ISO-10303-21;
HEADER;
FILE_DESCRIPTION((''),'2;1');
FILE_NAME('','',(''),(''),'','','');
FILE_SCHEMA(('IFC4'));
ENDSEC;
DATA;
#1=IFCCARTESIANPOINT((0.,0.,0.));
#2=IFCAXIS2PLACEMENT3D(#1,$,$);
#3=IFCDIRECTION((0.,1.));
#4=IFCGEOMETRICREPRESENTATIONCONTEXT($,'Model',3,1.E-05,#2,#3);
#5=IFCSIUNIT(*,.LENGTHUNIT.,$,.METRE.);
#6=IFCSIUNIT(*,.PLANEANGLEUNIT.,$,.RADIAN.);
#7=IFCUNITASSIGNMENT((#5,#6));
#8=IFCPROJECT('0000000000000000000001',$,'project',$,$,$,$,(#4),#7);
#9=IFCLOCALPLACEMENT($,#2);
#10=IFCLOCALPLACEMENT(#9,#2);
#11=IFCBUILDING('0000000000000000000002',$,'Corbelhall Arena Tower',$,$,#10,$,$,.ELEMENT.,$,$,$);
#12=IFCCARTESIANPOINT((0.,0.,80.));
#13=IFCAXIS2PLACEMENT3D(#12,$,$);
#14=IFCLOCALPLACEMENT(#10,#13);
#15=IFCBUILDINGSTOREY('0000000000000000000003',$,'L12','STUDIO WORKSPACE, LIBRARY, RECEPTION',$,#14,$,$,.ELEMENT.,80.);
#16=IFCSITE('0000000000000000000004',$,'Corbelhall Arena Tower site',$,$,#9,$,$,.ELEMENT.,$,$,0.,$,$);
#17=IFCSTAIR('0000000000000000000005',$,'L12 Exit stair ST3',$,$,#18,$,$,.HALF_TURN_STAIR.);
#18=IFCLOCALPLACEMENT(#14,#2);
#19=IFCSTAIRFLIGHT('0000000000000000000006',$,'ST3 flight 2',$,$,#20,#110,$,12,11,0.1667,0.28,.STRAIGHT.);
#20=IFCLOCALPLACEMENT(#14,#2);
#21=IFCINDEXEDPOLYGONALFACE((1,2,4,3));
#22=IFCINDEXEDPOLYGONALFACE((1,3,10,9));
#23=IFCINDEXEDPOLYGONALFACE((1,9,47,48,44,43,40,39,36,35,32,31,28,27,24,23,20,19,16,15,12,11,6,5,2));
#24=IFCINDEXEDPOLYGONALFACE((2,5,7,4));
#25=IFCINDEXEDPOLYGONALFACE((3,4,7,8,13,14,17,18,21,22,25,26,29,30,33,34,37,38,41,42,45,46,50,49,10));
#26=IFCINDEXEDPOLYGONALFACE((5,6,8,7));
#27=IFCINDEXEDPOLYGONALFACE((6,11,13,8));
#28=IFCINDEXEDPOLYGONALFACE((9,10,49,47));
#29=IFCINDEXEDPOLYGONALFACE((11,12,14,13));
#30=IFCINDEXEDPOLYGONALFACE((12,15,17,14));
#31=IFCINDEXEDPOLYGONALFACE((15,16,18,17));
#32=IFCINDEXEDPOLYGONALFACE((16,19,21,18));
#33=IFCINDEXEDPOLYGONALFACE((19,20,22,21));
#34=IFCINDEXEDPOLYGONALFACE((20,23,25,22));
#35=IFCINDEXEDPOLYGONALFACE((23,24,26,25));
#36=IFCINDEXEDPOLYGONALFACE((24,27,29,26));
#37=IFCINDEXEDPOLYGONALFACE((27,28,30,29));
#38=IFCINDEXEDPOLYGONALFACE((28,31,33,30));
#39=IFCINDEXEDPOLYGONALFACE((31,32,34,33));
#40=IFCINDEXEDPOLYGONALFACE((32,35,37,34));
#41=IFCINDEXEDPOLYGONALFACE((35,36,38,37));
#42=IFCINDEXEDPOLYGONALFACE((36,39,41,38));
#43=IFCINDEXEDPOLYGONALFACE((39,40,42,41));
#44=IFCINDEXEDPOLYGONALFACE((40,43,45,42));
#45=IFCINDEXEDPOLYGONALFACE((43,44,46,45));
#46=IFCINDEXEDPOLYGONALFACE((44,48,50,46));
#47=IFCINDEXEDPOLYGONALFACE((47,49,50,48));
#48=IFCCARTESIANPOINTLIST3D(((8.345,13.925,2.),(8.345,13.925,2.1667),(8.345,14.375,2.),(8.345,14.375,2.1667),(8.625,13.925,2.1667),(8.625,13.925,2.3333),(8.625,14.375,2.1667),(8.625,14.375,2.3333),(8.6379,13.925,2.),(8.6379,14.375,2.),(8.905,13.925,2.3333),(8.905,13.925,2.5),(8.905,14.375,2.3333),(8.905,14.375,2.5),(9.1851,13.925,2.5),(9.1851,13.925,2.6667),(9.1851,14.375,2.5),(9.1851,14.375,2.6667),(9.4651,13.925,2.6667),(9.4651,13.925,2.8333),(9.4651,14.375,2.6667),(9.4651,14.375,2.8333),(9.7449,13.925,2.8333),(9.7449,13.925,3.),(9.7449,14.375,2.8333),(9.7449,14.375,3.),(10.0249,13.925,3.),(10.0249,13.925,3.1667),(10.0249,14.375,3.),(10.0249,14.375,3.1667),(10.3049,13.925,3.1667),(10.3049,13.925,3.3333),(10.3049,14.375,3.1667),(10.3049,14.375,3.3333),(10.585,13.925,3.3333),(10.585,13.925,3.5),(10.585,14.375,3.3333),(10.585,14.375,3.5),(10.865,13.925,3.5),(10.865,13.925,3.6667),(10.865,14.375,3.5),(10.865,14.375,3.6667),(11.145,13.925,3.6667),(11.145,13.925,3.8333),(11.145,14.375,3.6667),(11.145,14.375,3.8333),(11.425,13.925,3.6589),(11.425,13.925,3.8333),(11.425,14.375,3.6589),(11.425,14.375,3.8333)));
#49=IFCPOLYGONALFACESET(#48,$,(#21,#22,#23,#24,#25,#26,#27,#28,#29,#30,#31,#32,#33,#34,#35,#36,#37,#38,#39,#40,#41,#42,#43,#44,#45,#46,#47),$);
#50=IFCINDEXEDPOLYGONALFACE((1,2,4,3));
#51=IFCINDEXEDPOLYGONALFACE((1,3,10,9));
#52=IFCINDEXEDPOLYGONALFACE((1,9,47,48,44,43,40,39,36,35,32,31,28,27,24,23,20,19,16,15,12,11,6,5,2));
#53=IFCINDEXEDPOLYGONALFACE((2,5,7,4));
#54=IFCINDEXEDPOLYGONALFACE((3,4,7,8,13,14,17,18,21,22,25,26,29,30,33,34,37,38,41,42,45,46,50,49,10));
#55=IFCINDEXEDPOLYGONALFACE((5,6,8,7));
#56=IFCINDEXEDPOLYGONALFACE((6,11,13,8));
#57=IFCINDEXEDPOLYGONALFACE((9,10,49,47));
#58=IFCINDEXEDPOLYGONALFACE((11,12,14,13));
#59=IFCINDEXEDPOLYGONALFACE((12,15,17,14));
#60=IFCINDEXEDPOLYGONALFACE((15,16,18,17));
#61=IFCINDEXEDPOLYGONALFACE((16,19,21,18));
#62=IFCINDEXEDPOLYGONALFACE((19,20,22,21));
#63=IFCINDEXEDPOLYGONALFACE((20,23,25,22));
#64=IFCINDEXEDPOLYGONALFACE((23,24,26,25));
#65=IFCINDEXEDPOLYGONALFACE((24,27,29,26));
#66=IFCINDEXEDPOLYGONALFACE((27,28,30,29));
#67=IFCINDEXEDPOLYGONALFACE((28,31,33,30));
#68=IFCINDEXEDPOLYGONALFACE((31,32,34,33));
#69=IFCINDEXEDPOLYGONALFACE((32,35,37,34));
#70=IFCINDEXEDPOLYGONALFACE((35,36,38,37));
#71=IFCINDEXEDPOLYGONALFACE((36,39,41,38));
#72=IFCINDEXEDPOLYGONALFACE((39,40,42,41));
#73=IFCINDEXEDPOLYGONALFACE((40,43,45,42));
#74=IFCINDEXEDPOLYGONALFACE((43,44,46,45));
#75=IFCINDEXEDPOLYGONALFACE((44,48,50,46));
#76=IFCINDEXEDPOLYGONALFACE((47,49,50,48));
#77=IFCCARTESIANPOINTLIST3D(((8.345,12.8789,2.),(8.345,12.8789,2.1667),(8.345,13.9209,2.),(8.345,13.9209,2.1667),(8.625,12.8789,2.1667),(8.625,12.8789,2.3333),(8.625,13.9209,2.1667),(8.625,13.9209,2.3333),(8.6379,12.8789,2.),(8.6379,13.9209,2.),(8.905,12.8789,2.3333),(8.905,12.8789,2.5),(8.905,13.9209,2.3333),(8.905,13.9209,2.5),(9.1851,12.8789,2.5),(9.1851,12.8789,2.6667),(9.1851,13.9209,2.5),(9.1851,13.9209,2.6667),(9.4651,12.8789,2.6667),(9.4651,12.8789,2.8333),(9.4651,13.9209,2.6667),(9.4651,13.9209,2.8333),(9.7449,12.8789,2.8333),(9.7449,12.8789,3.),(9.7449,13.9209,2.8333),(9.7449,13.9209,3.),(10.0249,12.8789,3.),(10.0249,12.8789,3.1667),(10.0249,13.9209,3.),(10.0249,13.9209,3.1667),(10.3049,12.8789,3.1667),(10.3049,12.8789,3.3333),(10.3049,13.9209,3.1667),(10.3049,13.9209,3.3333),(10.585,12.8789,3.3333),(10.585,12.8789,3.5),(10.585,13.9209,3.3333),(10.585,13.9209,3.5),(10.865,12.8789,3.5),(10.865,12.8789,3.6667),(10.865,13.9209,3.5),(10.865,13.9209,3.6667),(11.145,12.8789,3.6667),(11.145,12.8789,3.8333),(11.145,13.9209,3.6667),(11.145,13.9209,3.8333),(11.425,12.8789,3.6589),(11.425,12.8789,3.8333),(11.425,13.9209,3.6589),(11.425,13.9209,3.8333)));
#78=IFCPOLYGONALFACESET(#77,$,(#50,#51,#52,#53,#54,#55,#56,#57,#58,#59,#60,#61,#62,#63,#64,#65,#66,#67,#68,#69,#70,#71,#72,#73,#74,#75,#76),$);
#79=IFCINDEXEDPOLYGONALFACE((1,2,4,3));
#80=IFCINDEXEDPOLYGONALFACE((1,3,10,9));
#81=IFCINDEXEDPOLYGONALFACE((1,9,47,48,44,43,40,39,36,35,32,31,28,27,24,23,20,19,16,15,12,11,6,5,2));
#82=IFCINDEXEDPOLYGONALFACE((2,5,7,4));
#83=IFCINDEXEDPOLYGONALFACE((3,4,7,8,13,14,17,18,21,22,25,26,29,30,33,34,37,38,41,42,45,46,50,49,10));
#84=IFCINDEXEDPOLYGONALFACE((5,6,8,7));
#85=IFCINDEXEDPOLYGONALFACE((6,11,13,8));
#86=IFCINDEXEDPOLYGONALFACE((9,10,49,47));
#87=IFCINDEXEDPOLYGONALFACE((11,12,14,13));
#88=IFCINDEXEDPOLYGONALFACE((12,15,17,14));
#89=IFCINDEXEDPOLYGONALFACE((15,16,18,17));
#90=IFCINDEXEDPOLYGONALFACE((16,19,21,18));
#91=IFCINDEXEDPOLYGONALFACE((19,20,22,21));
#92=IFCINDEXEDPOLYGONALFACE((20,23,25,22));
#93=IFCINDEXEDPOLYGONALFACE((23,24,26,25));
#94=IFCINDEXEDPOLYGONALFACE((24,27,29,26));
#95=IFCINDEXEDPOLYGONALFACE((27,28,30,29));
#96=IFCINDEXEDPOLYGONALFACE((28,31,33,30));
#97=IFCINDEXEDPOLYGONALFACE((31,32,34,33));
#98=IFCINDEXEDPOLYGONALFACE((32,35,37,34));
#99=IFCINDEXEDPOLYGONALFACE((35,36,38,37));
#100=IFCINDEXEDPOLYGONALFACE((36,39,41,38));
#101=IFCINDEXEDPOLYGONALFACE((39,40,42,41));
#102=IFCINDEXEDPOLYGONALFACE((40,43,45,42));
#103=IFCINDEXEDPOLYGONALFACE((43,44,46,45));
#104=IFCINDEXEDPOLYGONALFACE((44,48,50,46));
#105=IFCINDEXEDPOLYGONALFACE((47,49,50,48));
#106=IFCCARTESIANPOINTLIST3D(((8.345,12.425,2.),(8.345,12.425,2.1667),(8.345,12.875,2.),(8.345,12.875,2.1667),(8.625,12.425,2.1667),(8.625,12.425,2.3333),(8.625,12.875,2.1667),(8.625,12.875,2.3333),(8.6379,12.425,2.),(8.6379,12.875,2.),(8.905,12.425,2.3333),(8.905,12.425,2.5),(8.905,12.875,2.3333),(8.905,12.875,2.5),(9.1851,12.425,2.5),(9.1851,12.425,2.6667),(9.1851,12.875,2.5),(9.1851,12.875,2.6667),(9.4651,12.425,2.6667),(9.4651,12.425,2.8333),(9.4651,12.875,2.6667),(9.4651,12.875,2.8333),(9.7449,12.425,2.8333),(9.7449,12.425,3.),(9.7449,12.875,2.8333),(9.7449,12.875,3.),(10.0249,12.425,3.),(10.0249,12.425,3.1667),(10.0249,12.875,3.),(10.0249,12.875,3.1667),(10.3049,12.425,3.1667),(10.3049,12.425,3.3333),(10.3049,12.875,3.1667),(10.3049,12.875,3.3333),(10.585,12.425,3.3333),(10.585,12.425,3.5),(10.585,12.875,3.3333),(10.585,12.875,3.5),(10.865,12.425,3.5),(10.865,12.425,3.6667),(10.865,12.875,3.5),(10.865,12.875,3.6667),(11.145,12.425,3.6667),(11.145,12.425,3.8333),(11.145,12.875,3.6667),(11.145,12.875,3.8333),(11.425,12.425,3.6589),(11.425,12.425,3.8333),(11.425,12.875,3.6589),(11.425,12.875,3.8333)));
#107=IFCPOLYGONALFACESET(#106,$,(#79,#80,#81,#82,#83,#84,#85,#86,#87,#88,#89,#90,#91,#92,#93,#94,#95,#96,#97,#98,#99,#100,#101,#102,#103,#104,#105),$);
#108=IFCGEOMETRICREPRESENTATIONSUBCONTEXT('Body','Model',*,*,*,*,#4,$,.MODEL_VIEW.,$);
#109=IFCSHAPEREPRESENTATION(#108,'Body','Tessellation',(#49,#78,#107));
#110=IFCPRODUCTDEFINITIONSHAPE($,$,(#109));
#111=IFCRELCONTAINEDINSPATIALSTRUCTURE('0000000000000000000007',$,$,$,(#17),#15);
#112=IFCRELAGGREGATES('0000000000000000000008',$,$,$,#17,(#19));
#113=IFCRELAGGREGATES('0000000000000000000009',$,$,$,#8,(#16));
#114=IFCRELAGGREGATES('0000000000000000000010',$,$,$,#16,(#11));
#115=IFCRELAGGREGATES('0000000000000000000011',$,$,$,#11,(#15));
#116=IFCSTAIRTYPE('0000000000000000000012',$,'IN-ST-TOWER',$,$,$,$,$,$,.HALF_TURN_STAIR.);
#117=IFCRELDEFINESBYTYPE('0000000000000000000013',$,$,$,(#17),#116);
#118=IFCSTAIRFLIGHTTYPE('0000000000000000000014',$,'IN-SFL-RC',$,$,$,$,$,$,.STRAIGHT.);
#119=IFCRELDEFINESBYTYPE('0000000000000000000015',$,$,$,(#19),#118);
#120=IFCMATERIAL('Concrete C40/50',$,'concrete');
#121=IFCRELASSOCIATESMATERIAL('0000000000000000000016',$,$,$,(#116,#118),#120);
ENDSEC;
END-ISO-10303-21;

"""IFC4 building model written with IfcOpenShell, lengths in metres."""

from ifc_helpers import new_model, si_unit, direction, frame, origin, place, context, subcontext, project, spatial, polyline, outline, extrude, material, type_object, element, aggregate, save


model = new_model("IFC4")

# Units and contexts
model_context = context("Model", 3, precision=1e-05, world=origin(), true_north=direction((0.0, 1.0)))
body_context = subcontext(model_context, "Body", "Model", "MODEL_VIEW")
ifc_project = project(units=[si_unit("LENGTHUNIT", "METRE"), si_unit("PLANEANGLEUNIT", "RADIAN")], contexts=[model_context])

# Site, building, storey
site_placement = place(None, origin())
site = spatial("IfcSite", under=ifc_project, at=site_placement, Name="Corbelhall Arena Tower site", CompositionType="ELEMENT", RefElevation=0.0)
building_placement = place(site_placement, origin())
building = spatial("IfcBuilding", under=site, at=building_placement, Name="Corbelhall Arena Tower", CompositionType="ELEMENT")
storey_placement = place(building_placement, frame((0.0, 0.0, 80.0)))
storey = spatial("IfcBuildingStorey", under=building, at=storey_placement, Name="L12", Description="STUDIO WORKSPACE, LIBRARY, RECEPTION", CompositionType="ELEMENT", Elevation=80.0)

# Shared definitions
ifc_material_1 = material(Name="Concrete C40/50", Category="concrete")

# Stair, stair flight
stair_type = type_object("IfcStairType", Name="IN-ST-TOWER", PredefinedType="HALF_TURN_STAIR", material=ifc_material_1)
stair_placement = place(storey_placement, origin())
stair = element("IfcStair", 1, at=stair_placement, inside=storey, type_object=stair_type, Name="L12 Exit stair ST3", PredefinedType="HALF_TURN_STAIR")
stair_flight_type = type_object("IfcStairFlightType", Name="IN-SFL-RC", PredefinedType="STRAIGHT", material=ifc_material_1)
stair_flight_1_placement = place(storey_placement, frame((8.345, 13.3999, 2.0), z_axis=(0.0, 0.0, 1.0), x_axis=(1.0, 0.0, 0.0)))
stair_flight_1 = element("IfcStairFlight", 2, at=stair_flight_1_placement, type_object=stair_flight_type, Name="ST3 flight 2", NumberOfRisers=12, NumberOfTreads=11, PredefinedType="STRAIGHT", RiserHeight=0.1667, TreadLength=0.28, context=body_context, shape_type="SweptSolid", body=[
    extrude(outline(polyline([(0.0, 0.0), (0.0, 0.1667), (0.28, 0.1667), (0.28, 0.3333), (0.5601, 0.3333), (0.5601, 0.5), (0.8401, 0.5), (0.8401, 0.6667), (1.1201, 0.6667), (1.1201, 0.8333), (1.3999, 0.8333), (1.3999, 1.0), (1.6799, 1.0), (1.6799, 1.1667), (1.96, 1.1667), (1.96, 1.3333), (2.24, 1.3333), (2.24, 1.5), (2.52, 1.5), (2.52, 1.6667), (2.8, 1.6667), (2.8, 1.8333), (3.0801, 1.8333), (3.0801, 2.0), (3.0801, 1.6589), (0.293, 0.0), (0.0, 0.0)])), frame((0.0, 0.9751, 0.0), z_axis=(0.0, -1.0, 0.0), x_axis=(1.0, 0.0, 0.0)), (0.0, 0.0, 1.0), 0.45),
    extrude(outline(polyline([(0.0, 0.0), (0.0, 0.1667), (0.28, 0.1667), (0.28, 0.3333), (0.5601, 0.3333), (0.5601, 0.5), (0.8401, 0.5), (0.8401, 0.6667), (1.1201, 0.6667), (1.1201, 0.8333), (1.3999, 0.8333), (1.3999, 1.0), (1.6799, 1.0), (1.6799, 1.1667), (1.96, 1.1667), (1.96, 1.3333), (2.24, 1.3333), (2.24, 1.5), (2.52, 1.5), (2.52, 1.6667), (2.8, 1.6667), (2.8, 1.8333), (3.0801, 1.8333), (3.0801, 2.0), (3.0801, 1.6589), (0.293, 0.0), (0.0, 0.0)])), frame((0.0, 0.521, 0.0), z_axis=(0.0, -1.0, 0.0), x_axis=(1.0, 0.0, 0.0)), (0.0, 0.0, 1.0), 1.042),
    extrude(outline(polyline([(0.0, 0.0), (0.0, 0.1667), (0.28, 0.1667), (0.28, 0.3333), (0.5601, 0.3333), (0.5601, 0.5), (0.8401, 0.5), (0.8401, 0.6667), (1.1201, 0.6667), (1.1201, 0.8333), (1.3999, 0.8333), (1.3999, 1.0), (1.6799, 1.0), (1.6799, 1.1667), (1.96, 1.1667), (1.96, 1.3333), (2.24, 1.3333), (2.24, 1.5), (2.52, 1.5), (2.52, 1.6667), (2.8, 1.6667), (2.8, 1.8333), (3.0801, 1.8333), (3.0801, 2.0), (3.0801, 1.6589), (0.293, 0.0), (0.0, 0.0)])), frame((0.0, -0.5249, 0.0), z_axis=(0.0, -1.0, 0.0), x_axis=(1.0, 0.0, 0.0)), (0.0, 0.0, 1.0), 0.45),
])
aggregate(stair, [stair_flight_1])

save(model, "model.ifc")
